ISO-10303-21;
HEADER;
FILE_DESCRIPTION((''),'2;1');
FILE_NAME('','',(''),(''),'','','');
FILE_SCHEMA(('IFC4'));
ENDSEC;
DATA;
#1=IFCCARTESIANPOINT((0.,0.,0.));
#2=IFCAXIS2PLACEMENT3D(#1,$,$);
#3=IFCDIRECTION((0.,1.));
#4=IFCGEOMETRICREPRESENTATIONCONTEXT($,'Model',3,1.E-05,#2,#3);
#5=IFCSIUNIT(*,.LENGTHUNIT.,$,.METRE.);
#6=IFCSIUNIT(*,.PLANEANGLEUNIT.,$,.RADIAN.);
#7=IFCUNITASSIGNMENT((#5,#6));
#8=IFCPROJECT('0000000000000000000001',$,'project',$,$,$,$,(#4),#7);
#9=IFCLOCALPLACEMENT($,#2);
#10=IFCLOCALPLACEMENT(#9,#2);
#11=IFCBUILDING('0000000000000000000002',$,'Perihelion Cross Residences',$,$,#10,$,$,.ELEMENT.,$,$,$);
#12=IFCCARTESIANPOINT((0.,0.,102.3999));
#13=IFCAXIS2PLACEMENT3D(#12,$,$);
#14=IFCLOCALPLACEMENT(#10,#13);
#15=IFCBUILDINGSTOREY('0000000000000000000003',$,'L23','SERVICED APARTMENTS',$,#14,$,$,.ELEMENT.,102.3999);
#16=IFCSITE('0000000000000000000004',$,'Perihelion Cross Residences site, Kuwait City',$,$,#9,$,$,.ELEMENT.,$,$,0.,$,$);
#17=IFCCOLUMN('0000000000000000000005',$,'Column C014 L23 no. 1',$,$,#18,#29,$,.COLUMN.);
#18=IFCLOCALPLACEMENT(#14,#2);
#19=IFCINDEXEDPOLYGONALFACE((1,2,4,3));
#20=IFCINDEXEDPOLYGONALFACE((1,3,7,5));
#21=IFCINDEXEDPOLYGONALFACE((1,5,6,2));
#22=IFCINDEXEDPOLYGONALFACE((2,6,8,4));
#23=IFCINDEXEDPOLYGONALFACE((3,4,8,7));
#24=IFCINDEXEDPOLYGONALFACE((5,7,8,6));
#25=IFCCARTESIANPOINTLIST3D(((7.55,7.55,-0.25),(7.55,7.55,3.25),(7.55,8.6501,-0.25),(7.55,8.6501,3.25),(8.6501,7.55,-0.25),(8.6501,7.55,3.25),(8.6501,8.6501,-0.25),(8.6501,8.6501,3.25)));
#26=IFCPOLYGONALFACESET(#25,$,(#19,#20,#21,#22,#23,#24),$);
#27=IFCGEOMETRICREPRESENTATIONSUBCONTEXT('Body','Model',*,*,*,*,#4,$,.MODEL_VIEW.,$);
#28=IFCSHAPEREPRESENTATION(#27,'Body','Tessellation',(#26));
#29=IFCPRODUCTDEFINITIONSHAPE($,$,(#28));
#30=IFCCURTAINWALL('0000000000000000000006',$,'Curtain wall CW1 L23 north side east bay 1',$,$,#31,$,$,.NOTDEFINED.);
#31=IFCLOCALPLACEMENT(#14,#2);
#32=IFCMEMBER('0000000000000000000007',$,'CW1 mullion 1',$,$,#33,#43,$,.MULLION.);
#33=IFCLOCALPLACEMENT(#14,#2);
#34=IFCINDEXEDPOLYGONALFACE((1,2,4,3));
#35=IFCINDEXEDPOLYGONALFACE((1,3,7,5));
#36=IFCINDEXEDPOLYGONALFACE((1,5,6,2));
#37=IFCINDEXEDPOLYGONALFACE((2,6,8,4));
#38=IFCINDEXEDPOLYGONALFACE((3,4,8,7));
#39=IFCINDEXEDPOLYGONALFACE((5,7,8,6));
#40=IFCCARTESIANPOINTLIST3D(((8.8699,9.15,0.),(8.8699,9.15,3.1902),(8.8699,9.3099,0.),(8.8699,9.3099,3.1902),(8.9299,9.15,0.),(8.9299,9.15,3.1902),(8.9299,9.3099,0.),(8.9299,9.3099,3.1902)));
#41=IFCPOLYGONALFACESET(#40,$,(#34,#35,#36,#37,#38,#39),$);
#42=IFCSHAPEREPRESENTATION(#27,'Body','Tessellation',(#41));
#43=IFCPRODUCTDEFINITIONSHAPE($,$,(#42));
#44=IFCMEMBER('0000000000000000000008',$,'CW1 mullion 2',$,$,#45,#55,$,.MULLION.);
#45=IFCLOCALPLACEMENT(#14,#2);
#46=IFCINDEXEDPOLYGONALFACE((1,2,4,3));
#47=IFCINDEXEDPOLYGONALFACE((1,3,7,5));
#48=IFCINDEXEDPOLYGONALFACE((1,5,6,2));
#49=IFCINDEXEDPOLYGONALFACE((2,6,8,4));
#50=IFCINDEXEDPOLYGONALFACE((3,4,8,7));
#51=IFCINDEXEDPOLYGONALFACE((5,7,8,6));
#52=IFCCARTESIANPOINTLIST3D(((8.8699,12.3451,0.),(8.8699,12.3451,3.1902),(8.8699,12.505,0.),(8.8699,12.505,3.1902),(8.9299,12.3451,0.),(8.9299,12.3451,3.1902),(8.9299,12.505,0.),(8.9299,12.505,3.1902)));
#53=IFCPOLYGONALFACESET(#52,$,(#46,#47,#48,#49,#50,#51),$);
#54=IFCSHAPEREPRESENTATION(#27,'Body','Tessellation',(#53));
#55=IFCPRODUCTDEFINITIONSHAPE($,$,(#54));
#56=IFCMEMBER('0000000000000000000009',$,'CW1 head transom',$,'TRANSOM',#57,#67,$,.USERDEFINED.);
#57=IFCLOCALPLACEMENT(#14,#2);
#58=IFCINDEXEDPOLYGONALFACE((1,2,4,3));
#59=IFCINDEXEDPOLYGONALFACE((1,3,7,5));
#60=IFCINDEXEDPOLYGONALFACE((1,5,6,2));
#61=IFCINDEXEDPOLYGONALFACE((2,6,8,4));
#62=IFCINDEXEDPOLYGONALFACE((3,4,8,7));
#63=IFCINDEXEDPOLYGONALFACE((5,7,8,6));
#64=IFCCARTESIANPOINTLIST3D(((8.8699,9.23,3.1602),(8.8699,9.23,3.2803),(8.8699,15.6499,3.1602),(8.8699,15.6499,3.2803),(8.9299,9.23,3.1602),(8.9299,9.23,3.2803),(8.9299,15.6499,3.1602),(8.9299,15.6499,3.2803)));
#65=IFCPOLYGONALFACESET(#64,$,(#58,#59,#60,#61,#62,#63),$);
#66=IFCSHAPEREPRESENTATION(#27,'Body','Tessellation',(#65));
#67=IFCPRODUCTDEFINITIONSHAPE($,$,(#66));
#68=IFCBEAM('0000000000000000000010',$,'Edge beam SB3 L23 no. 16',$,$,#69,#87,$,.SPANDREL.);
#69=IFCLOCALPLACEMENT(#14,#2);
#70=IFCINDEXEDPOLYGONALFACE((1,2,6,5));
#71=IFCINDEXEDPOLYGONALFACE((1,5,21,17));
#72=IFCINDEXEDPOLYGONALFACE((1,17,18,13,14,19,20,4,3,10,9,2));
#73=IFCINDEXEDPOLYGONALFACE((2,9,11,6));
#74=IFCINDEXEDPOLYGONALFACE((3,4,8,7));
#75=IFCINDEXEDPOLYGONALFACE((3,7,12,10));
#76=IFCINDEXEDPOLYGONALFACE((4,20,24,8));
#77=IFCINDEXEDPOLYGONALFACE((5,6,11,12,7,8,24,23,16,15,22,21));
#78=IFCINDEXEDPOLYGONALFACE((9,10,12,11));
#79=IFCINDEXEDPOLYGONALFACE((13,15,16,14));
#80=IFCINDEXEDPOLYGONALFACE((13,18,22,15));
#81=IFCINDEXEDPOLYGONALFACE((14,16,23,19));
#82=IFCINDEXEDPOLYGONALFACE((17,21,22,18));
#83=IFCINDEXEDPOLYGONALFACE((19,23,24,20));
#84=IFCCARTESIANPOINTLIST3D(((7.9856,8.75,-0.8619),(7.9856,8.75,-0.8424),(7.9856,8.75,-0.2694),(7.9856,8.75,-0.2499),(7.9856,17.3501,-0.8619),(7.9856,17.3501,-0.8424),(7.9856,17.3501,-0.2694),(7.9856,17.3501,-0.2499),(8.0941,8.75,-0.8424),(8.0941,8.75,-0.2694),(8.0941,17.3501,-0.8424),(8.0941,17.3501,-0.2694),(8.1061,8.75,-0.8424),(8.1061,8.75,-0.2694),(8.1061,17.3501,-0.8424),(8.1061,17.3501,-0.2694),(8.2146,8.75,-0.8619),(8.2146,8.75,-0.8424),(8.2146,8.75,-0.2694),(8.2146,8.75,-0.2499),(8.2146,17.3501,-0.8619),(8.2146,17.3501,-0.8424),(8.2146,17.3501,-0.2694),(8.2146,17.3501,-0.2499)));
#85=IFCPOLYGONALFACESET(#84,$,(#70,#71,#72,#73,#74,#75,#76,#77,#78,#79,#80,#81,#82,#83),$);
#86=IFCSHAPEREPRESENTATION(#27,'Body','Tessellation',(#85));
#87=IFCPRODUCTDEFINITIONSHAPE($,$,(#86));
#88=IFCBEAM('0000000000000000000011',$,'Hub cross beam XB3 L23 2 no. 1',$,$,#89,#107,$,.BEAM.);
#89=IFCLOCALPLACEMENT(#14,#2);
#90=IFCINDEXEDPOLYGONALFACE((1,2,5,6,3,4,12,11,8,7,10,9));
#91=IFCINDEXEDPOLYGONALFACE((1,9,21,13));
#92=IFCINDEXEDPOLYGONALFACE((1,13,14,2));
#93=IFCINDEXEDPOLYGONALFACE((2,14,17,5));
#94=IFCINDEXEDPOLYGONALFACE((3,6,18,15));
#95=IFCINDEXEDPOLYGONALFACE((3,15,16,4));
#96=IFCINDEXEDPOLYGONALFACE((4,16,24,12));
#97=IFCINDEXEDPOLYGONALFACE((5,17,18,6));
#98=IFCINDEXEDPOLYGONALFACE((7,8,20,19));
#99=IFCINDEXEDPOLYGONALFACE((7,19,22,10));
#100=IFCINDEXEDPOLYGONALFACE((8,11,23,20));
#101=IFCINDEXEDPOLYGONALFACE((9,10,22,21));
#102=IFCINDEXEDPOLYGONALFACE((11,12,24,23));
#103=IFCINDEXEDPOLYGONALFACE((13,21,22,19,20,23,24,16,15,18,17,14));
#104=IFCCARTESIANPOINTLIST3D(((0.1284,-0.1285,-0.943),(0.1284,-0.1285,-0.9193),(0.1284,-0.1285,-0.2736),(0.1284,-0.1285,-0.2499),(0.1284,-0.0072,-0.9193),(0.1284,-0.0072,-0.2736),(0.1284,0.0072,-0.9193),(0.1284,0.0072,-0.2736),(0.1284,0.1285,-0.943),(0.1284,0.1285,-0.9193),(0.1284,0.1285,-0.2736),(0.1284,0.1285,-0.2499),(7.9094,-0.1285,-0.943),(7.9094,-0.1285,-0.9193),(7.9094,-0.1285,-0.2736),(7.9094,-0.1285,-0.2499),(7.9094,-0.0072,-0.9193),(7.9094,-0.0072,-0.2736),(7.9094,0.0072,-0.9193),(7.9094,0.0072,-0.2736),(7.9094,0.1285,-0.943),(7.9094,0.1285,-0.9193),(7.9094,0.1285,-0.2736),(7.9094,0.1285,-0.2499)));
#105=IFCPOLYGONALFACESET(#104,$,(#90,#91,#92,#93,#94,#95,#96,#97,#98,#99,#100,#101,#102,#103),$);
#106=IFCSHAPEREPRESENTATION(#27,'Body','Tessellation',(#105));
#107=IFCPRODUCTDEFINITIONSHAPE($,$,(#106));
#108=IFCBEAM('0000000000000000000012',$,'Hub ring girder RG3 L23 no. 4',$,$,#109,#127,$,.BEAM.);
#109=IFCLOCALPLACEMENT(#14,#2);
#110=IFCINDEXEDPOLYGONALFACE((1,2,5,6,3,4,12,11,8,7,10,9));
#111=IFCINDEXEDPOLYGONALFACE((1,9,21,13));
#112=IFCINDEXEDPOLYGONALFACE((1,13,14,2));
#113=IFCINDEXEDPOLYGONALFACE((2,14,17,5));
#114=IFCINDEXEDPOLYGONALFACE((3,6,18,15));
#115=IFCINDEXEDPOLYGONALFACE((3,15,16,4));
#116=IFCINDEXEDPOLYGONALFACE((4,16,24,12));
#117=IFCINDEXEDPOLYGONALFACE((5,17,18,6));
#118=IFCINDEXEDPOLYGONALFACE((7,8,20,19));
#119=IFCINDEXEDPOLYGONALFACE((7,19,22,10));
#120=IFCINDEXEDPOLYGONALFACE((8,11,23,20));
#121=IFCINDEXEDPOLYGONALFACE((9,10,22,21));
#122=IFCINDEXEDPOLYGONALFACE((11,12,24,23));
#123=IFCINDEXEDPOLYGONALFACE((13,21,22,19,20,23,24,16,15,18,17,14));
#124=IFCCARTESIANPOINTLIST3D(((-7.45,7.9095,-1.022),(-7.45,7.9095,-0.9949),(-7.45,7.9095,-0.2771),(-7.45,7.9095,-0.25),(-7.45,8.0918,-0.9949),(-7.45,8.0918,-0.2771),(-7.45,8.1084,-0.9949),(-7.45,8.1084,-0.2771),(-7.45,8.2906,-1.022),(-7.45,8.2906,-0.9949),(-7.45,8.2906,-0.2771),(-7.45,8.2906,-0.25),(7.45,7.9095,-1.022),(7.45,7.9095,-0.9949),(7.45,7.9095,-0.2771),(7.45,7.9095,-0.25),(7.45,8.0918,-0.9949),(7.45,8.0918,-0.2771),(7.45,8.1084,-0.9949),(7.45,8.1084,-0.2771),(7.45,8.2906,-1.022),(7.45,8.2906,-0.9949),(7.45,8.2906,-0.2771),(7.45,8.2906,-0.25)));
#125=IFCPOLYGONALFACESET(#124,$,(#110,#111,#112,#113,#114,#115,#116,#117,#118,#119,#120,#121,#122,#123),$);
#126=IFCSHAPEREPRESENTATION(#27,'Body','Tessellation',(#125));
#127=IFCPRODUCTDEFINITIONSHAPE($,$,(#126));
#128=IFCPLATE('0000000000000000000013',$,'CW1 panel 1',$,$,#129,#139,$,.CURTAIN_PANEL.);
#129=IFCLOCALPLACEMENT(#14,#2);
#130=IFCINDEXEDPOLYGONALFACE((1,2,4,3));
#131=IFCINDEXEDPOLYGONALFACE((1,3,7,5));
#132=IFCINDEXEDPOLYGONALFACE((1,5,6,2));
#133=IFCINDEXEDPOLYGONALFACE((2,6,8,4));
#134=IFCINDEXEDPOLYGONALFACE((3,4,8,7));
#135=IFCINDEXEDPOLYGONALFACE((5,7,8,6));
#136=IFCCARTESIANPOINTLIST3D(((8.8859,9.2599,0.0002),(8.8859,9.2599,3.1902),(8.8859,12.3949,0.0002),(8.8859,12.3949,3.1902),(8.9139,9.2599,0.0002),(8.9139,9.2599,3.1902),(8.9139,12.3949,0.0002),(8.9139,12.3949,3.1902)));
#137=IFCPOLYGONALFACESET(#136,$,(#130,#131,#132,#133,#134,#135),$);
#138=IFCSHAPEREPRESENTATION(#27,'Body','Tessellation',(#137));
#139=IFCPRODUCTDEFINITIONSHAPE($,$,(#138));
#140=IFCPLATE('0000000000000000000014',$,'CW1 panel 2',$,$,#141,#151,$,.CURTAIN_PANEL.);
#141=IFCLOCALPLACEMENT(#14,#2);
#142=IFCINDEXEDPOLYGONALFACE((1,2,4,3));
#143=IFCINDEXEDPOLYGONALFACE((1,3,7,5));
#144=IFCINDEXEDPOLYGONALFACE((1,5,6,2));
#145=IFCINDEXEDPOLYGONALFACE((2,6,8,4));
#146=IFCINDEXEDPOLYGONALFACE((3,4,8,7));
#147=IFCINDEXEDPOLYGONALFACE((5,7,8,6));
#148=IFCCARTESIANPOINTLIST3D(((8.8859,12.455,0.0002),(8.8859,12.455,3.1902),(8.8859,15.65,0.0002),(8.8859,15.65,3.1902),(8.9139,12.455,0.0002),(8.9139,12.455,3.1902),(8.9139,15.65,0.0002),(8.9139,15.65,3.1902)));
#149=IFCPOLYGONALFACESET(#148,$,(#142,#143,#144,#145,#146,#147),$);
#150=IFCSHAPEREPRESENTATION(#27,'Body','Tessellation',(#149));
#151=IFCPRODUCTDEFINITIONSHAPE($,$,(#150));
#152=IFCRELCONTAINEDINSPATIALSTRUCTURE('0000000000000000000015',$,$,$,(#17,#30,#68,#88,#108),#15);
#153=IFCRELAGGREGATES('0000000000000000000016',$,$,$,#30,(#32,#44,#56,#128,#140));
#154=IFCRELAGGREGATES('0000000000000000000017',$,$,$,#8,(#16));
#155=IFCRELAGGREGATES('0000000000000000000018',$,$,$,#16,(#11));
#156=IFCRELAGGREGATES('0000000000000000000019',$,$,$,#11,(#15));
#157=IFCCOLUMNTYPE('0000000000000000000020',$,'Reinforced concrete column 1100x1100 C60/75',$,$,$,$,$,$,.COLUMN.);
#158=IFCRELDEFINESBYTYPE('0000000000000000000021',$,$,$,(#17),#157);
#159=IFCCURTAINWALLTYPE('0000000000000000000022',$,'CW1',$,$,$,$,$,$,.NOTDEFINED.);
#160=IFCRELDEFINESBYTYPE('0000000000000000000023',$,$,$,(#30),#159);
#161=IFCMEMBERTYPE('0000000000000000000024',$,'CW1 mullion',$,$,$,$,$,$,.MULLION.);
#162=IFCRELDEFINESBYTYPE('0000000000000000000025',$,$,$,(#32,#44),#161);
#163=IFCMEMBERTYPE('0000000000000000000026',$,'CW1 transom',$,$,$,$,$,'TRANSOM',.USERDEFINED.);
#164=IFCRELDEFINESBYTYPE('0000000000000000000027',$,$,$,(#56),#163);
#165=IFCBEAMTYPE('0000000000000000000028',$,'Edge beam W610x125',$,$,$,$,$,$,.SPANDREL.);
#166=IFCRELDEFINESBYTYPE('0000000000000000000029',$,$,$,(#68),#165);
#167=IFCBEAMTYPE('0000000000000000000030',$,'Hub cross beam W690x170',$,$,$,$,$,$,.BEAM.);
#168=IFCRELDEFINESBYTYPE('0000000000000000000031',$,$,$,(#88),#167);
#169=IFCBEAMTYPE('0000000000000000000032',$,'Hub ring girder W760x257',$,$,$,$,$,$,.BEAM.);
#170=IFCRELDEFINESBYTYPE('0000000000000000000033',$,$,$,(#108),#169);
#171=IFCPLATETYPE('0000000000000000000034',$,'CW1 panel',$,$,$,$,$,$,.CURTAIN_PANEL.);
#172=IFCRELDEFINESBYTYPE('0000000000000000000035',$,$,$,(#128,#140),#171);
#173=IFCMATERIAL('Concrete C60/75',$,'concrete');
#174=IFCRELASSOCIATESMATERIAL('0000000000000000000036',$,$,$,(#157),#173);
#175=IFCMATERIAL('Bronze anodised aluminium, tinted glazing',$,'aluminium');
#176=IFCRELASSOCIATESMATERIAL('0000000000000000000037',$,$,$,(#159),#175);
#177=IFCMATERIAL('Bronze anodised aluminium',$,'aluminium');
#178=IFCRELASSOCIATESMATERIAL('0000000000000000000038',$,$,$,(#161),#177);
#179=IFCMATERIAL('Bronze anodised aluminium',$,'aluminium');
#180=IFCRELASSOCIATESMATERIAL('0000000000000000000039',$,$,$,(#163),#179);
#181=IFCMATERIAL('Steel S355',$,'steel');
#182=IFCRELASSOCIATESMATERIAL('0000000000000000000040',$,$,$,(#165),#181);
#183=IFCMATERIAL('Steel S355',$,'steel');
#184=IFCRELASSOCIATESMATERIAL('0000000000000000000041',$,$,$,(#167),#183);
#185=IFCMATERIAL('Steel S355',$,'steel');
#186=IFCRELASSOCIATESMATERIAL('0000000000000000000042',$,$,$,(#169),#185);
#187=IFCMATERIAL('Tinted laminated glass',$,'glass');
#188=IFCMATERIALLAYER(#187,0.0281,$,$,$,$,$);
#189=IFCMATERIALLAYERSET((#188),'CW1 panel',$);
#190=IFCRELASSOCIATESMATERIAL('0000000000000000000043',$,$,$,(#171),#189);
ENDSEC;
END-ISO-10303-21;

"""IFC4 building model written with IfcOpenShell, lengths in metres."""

from ifc_helpers import new_model, si_unit, direction, frame, origin, origin_2d, place, context, subcontext, project, spatial, rectangle, i_section, extrude, material, layer, layer_set, material_profile, profile_set, type_object, element, aggregate, save


model = new_model("IFC4")

# Units and contexts
model_context = context("Model", 3, precision=1e-05, world=origin(), true_north=direction((0.0, 1.0)))
body_context = subcontext(model_context, "Body", "Model", "MODEL_VIEW")
ifc_project = project(units=[si_unit("LENGTHUNIT", "METRE"), si_unit("PLANEANGLEUNIT", "RADIAN")], contexts=[model_context])

# Site, building, storey
site_placement = place(None, origin())
site = spatial("IfcSite", under=ifc_project, at=site_placement, Name="Perihelion Cross Residences site, Kuwait City", CompositionType="ELEMENT", RefElevation=0.0)
building_placement = place(site_placement, origin())
building = spatial("IfcBuilding", under=site, at=building_placement, Name="Perihelion Cross Residences", CompositionType="ELEMENT")
storey_placement = place(building_placement, frame((0.0, 0.0, 102.3999)))
storey = spatial("IfcBuildingStorey", under=building, at=storey_placement, Name="L23", Description="SERVICED APARTMENTS", CompositionType="ELEMENT", Elevation=102.3999)

# Column
ifc_material_1 = material(Name="Concrete C60/75", Category="concrete")
ifc_material_profile_1 = material_profile(ifc_material_1, rectangle(XDim=1.1001, YDim=1.1001, at=origin_2d()), Name="RC 1100x1100")
ifc_profile_set_1 = profile_set([ifc_material_profile_1], Name="Concrete C60/75")
column_type = type_object("IfcColumnType", Name="Reinforced concrete column 1100x1100 C60/75", PredefinedType="COLUMN", material=ifc_profile_set_1)
column_placement = place(storey_placement, frame((8.1001, 8.1001, -0.25), z_axis=(0.0, 0.0, 1.0), x_axis=(1.0, 0.0, 0.0)))
element("IfcColumn", 1, at=column_placement, inside=storey, type_object=column_type, Name="Column C014 L23 no. 1", PredefinedType="COLUMN", context=body_context, shape_type="SweptSolid", body=[
    extrude(rectangle(XDim=1.1001, YDim=1.1001, at=origin_2d()), origin(), (0.0, 0.0, 1.0), 3.5),
])

# Curtain wall, members
ifc_material_2 = material(Name="Bronze anodised aluminium, tinted glazing", Category="aluminium")
curtain_wall_type = type_object("IfcCurtainWallType", Name="CW1", PredefinedType="NOTDEFINED", material=ifc_material_2)
curtain_wall_placement = place(storey_placement, origin())
curtain_wall = element("IfcCurtainWall", 2, at=curtain_wall_placement, inside=storey, type_object=curtain_wall_type, Name="Curtain wall CW1 L23 north side east bay 1", PredefinedType="NOTDEFINED")
ifc_material_3 = material(Name="Bronze anodised aluminium", Category="aluminium")
ifc_material_profile_2 = material_profile(ifc_material_3, rectangle(XDim=0.0601, YDim=0.1599, at=origin_2d()), Name="CW1 mullion")
ifc_profile_set_2 = profile_set([ifc_material_profile_2], Name="Bronze anodised aluminium")
member_type_1 = type_object("IfcMemberType", Name="CW1 mullion", PredefinedType="MULLION", material=ifc_profile_set_2)
member_1_placement = place(storey_placement, frame((8.8999, 9.23, 0.0), z_axis=(0.0, 0.0, 1.0), x_axis=(-1.0, 0.0, 0.0)))
member_1 = element("IfcMember", 3, at=member_1_placement, type_object=member_type_1, Name="CW1 mullion 1", PredefinedType="MULLION", context=body_context, shape_type="SweptSolid", body=[
    extrude(rectangle(XDim=0.0601, YDim=0.1599, at=origin_2d()), origin(), (0.0, 0.0, 1.0), 3.1902),
])
member_2_placement = place(storey_placement, frame((8.8999, 12.425, 0.0), z_axis=(0.0, 0.0, 1.0), x_axis=(-1.0, 0.0, 0.0)))
member_2 = element("IfcMember", 4, at=member_2_placement, type_object=member_type_1, Name="CW1 mullion 2", PredefinedType="MULLION", context=body_context, shape_type="SweptSolid", body=[
    extrude(rectangle(XDim=0.0601, YDim=0.1599, at=origin_2d()), origin(), (0.0, 0.0, 1.0), 3.1902),
])
ifc_material_4 = material(Name="Bronze anodised aluminium", Category="aluminium")
ifc_material_profile_3 = material_profile(ifc_material_4, rectangle(XDim=0.0601, YDim=0.1201, at=origin_2d()), Name="CW1 transom")
ifc_profile_set_3 = profile_set([ifc_material_profile_3], Name="Bronze anodised aluminium")
member_type_2 = type_object("IfcMemberType", Name="CW1 transom", ElementType="TRANSOM", PredefinedType="USERDEFINED", material=ifc_profile_set_3)
member_3_placement = place(storey_placement, frame((8.8999, 9.23, 3.2202), z_axis=(0.0, 1.0, 0.0), x_axis=(-1.0, 0.0, 0.0)))
member_3 = element("IfcMember", 5, at=member_3_placement, type_object=member_type_2, Name="CW1 head transom", ObjectType="TRANSOM", PredefinedType="USERDEFINED", context=body_context, shape_type="SweptSolid", body=[
    extrude(rectangle(XDim=0.0601, YDim=0.1201, at=origin_2d()), origin(), (0.0, 0.0, 1.0), 6.4199),
])

# Beams
ifc_material_5 = material(Name="Steel S355", Category="steel")
ifc_material_profile_4 = material_profile(ifc_material_5, i_section(OverallWidth=0.229, OverallDepth=0.6121, WebThickness=0.012, FlangeThickness=0.0195, at=origin_2d()), Name="W610x125")
ifc_profile_set_4 = profile_set([ifc_material_profile_4], Name="Steel S355")
beam_type_1 = type_object("IfcBeamType", Name="Edge beam W610x125", PredefinedType="SPANDREL", material=ifc_profile_set_4)
beam_1_placement = place(storey_placement, frame((8.1001, 8.75, -0.5559), z_axis=(0.0, 1.0, 0.0), x_axis=(-1.0, 0.0, 0.0)))
element("IfcBeam", 6, at=beam_1_placement, inside=storey, type_object=beam_type_1, Name="Edge beam SB3 L23 no. 16", PredefinedType="SPANDREL", context=body_context, shape_type="SweptSolid", body=[
    extrude(i_section(OverallWidth=0.229, OverallDepth=0.6121, WebThickness=0.012, FlangeThickness=0.0195, at=origin_2d()), origin(), (0.0, 0.0, 1.0), 8.6001),
])
ifc_material_6 = material(Name="Steel S355", Category="steel")
ifc_material_profile_5 = material_profile(ifc_material_6, i_section(OverallWidth=0.2571, OverallDepth=0.6931, WebThickness=0.0144, FlangeThickness=0.0237, at=origin_2d()), Name="W690x170")
ifc_profile_set_5 = profile_set([ifc_material_profile_5], Name="Steel S355")
beam_type_2 = type_object("IfcBeamType", Name="Hub cross beam W690x170", PredefinedType="BEAM", material=ifc_profile_set_5)
beam_2_placement = place(storey_placement, frame((0.1284, 0.0, -0.5964), z_axis=(1.0, 0.0, 0.0), x_axis=(0.0, 1.0, 0.0)))
element("IfcBeam", 7, at=beam_2_placement, inside=storey, type_object=beam_type_2, Name="Hub cross beam XB3 L23 2 no. 1", PredefinedType="BEAM", context=body_context, shape_type="SweptSolid", body=[
    extrude(i_section(OverallWidth=0.2571, OverallDepth=0.6931, WebThickness=0.0144, FlangeThickness=0.0237, at=origin_2d()), origin(), (0.0, 0.0, 1.0), 7.781),
])
ifc_material_7 = material(Name="Steel S355", Category="steel")
ifc_material_profile_6 = material_profile(ifc_material_7, i_section(OverallWidth=0.3811, OverallDepth=0.772, WebThickness=0.0166, FlangeThickness=0.0271, at=origin_2d()), Name="W760x257")
ifc_profile_set_6 = profile_set([ifc_material_profile_6], Name="Steel S355")
beam_type_3 = type_object("IfcBeamType", Name="Hub ring girder W760x257", PredefinedType="BEAM", material=ifc_profile_set_6)
beam_3_placement = place(storey_placement, frame((7.45, 8.1001, -0.636), z_axis=(-1.0, 0.0, 0.0), x_axis=(0.0, -1.0, 0.0)))
element("IfcBeam", 8, at=beam_3_placement, inside=storey, type_object=beam_type_3, Name="Hub ring girder RG3 L23 no. 4", PredefinedType="BEAM", context=body_context, shape_type="SweptSolid", body=[
    extrude(i_section(OverallWidth=0.3811, OverallDepth=0.772, WebThickness=0.0166, FlangeThickness=0.0271, at=origin_2d()), origin(), (0.0, 0.0, 1.0), 14.8999),
])

# Plates
ifc_material_8 = material(Name="Tinted laminated glass", Category="glass")
ifc_layer_1 = layer(ifc_material_8, 0.0281)
ifc_layer_set_1 = layer_set([ifc_layer_1], Name="CW1 panel")
plate_type = type_object("IfcPlateType", Name="CW1 panel", PredefinedType="CURTAIN_PANEL", material=ifc_layer_set_1)
plate_1_placement = place(storey_placement, frame((8.8999, 10.8274, 0.0002), z_axis=(0.0, 0.0, 1.0), x_axis=(0.0, 1.0, 0.0)))
plate_1 = element("IfcPlate", 9, at=plate_1_placement, type_object=plate_type, Name="CW1 panel 1", PredefinedType="CURTAIN_PANEL", context=body_context, shape_type="SweptSolid", body=[
    extrude(rectangle(XDim=3.135, YDim=0.0281, at=origin_2d()), origin(), (0.0, 0.0, 1.0), 3.1899),
])
plate_2_placement = place(storey_placement, frame((8.8999, 14.0525, 0.0002), z_axis=(0.0, 0.0, 1.0), x_axis=(0.0, 1.0, 0.0)))
plate_2 = element("IfcPlate", 10, at=plate_2_placement, type_object=plate_type, Name="CW1 panel 2", PredefinedType="CURTAIN_PANEL", context=body_context, shape_type="SweptSolid", body=[
    extrude(rectangle(XDim=3.1951, YDim=0.0281, at=origin_2d()), origin(), (0.0, 0.0, 1.0), 3.1899),
])
aggregate(curtain_wall, [member_1, member_2, member_3, plate_1, plate_2])

save(model, "model.ifc")
